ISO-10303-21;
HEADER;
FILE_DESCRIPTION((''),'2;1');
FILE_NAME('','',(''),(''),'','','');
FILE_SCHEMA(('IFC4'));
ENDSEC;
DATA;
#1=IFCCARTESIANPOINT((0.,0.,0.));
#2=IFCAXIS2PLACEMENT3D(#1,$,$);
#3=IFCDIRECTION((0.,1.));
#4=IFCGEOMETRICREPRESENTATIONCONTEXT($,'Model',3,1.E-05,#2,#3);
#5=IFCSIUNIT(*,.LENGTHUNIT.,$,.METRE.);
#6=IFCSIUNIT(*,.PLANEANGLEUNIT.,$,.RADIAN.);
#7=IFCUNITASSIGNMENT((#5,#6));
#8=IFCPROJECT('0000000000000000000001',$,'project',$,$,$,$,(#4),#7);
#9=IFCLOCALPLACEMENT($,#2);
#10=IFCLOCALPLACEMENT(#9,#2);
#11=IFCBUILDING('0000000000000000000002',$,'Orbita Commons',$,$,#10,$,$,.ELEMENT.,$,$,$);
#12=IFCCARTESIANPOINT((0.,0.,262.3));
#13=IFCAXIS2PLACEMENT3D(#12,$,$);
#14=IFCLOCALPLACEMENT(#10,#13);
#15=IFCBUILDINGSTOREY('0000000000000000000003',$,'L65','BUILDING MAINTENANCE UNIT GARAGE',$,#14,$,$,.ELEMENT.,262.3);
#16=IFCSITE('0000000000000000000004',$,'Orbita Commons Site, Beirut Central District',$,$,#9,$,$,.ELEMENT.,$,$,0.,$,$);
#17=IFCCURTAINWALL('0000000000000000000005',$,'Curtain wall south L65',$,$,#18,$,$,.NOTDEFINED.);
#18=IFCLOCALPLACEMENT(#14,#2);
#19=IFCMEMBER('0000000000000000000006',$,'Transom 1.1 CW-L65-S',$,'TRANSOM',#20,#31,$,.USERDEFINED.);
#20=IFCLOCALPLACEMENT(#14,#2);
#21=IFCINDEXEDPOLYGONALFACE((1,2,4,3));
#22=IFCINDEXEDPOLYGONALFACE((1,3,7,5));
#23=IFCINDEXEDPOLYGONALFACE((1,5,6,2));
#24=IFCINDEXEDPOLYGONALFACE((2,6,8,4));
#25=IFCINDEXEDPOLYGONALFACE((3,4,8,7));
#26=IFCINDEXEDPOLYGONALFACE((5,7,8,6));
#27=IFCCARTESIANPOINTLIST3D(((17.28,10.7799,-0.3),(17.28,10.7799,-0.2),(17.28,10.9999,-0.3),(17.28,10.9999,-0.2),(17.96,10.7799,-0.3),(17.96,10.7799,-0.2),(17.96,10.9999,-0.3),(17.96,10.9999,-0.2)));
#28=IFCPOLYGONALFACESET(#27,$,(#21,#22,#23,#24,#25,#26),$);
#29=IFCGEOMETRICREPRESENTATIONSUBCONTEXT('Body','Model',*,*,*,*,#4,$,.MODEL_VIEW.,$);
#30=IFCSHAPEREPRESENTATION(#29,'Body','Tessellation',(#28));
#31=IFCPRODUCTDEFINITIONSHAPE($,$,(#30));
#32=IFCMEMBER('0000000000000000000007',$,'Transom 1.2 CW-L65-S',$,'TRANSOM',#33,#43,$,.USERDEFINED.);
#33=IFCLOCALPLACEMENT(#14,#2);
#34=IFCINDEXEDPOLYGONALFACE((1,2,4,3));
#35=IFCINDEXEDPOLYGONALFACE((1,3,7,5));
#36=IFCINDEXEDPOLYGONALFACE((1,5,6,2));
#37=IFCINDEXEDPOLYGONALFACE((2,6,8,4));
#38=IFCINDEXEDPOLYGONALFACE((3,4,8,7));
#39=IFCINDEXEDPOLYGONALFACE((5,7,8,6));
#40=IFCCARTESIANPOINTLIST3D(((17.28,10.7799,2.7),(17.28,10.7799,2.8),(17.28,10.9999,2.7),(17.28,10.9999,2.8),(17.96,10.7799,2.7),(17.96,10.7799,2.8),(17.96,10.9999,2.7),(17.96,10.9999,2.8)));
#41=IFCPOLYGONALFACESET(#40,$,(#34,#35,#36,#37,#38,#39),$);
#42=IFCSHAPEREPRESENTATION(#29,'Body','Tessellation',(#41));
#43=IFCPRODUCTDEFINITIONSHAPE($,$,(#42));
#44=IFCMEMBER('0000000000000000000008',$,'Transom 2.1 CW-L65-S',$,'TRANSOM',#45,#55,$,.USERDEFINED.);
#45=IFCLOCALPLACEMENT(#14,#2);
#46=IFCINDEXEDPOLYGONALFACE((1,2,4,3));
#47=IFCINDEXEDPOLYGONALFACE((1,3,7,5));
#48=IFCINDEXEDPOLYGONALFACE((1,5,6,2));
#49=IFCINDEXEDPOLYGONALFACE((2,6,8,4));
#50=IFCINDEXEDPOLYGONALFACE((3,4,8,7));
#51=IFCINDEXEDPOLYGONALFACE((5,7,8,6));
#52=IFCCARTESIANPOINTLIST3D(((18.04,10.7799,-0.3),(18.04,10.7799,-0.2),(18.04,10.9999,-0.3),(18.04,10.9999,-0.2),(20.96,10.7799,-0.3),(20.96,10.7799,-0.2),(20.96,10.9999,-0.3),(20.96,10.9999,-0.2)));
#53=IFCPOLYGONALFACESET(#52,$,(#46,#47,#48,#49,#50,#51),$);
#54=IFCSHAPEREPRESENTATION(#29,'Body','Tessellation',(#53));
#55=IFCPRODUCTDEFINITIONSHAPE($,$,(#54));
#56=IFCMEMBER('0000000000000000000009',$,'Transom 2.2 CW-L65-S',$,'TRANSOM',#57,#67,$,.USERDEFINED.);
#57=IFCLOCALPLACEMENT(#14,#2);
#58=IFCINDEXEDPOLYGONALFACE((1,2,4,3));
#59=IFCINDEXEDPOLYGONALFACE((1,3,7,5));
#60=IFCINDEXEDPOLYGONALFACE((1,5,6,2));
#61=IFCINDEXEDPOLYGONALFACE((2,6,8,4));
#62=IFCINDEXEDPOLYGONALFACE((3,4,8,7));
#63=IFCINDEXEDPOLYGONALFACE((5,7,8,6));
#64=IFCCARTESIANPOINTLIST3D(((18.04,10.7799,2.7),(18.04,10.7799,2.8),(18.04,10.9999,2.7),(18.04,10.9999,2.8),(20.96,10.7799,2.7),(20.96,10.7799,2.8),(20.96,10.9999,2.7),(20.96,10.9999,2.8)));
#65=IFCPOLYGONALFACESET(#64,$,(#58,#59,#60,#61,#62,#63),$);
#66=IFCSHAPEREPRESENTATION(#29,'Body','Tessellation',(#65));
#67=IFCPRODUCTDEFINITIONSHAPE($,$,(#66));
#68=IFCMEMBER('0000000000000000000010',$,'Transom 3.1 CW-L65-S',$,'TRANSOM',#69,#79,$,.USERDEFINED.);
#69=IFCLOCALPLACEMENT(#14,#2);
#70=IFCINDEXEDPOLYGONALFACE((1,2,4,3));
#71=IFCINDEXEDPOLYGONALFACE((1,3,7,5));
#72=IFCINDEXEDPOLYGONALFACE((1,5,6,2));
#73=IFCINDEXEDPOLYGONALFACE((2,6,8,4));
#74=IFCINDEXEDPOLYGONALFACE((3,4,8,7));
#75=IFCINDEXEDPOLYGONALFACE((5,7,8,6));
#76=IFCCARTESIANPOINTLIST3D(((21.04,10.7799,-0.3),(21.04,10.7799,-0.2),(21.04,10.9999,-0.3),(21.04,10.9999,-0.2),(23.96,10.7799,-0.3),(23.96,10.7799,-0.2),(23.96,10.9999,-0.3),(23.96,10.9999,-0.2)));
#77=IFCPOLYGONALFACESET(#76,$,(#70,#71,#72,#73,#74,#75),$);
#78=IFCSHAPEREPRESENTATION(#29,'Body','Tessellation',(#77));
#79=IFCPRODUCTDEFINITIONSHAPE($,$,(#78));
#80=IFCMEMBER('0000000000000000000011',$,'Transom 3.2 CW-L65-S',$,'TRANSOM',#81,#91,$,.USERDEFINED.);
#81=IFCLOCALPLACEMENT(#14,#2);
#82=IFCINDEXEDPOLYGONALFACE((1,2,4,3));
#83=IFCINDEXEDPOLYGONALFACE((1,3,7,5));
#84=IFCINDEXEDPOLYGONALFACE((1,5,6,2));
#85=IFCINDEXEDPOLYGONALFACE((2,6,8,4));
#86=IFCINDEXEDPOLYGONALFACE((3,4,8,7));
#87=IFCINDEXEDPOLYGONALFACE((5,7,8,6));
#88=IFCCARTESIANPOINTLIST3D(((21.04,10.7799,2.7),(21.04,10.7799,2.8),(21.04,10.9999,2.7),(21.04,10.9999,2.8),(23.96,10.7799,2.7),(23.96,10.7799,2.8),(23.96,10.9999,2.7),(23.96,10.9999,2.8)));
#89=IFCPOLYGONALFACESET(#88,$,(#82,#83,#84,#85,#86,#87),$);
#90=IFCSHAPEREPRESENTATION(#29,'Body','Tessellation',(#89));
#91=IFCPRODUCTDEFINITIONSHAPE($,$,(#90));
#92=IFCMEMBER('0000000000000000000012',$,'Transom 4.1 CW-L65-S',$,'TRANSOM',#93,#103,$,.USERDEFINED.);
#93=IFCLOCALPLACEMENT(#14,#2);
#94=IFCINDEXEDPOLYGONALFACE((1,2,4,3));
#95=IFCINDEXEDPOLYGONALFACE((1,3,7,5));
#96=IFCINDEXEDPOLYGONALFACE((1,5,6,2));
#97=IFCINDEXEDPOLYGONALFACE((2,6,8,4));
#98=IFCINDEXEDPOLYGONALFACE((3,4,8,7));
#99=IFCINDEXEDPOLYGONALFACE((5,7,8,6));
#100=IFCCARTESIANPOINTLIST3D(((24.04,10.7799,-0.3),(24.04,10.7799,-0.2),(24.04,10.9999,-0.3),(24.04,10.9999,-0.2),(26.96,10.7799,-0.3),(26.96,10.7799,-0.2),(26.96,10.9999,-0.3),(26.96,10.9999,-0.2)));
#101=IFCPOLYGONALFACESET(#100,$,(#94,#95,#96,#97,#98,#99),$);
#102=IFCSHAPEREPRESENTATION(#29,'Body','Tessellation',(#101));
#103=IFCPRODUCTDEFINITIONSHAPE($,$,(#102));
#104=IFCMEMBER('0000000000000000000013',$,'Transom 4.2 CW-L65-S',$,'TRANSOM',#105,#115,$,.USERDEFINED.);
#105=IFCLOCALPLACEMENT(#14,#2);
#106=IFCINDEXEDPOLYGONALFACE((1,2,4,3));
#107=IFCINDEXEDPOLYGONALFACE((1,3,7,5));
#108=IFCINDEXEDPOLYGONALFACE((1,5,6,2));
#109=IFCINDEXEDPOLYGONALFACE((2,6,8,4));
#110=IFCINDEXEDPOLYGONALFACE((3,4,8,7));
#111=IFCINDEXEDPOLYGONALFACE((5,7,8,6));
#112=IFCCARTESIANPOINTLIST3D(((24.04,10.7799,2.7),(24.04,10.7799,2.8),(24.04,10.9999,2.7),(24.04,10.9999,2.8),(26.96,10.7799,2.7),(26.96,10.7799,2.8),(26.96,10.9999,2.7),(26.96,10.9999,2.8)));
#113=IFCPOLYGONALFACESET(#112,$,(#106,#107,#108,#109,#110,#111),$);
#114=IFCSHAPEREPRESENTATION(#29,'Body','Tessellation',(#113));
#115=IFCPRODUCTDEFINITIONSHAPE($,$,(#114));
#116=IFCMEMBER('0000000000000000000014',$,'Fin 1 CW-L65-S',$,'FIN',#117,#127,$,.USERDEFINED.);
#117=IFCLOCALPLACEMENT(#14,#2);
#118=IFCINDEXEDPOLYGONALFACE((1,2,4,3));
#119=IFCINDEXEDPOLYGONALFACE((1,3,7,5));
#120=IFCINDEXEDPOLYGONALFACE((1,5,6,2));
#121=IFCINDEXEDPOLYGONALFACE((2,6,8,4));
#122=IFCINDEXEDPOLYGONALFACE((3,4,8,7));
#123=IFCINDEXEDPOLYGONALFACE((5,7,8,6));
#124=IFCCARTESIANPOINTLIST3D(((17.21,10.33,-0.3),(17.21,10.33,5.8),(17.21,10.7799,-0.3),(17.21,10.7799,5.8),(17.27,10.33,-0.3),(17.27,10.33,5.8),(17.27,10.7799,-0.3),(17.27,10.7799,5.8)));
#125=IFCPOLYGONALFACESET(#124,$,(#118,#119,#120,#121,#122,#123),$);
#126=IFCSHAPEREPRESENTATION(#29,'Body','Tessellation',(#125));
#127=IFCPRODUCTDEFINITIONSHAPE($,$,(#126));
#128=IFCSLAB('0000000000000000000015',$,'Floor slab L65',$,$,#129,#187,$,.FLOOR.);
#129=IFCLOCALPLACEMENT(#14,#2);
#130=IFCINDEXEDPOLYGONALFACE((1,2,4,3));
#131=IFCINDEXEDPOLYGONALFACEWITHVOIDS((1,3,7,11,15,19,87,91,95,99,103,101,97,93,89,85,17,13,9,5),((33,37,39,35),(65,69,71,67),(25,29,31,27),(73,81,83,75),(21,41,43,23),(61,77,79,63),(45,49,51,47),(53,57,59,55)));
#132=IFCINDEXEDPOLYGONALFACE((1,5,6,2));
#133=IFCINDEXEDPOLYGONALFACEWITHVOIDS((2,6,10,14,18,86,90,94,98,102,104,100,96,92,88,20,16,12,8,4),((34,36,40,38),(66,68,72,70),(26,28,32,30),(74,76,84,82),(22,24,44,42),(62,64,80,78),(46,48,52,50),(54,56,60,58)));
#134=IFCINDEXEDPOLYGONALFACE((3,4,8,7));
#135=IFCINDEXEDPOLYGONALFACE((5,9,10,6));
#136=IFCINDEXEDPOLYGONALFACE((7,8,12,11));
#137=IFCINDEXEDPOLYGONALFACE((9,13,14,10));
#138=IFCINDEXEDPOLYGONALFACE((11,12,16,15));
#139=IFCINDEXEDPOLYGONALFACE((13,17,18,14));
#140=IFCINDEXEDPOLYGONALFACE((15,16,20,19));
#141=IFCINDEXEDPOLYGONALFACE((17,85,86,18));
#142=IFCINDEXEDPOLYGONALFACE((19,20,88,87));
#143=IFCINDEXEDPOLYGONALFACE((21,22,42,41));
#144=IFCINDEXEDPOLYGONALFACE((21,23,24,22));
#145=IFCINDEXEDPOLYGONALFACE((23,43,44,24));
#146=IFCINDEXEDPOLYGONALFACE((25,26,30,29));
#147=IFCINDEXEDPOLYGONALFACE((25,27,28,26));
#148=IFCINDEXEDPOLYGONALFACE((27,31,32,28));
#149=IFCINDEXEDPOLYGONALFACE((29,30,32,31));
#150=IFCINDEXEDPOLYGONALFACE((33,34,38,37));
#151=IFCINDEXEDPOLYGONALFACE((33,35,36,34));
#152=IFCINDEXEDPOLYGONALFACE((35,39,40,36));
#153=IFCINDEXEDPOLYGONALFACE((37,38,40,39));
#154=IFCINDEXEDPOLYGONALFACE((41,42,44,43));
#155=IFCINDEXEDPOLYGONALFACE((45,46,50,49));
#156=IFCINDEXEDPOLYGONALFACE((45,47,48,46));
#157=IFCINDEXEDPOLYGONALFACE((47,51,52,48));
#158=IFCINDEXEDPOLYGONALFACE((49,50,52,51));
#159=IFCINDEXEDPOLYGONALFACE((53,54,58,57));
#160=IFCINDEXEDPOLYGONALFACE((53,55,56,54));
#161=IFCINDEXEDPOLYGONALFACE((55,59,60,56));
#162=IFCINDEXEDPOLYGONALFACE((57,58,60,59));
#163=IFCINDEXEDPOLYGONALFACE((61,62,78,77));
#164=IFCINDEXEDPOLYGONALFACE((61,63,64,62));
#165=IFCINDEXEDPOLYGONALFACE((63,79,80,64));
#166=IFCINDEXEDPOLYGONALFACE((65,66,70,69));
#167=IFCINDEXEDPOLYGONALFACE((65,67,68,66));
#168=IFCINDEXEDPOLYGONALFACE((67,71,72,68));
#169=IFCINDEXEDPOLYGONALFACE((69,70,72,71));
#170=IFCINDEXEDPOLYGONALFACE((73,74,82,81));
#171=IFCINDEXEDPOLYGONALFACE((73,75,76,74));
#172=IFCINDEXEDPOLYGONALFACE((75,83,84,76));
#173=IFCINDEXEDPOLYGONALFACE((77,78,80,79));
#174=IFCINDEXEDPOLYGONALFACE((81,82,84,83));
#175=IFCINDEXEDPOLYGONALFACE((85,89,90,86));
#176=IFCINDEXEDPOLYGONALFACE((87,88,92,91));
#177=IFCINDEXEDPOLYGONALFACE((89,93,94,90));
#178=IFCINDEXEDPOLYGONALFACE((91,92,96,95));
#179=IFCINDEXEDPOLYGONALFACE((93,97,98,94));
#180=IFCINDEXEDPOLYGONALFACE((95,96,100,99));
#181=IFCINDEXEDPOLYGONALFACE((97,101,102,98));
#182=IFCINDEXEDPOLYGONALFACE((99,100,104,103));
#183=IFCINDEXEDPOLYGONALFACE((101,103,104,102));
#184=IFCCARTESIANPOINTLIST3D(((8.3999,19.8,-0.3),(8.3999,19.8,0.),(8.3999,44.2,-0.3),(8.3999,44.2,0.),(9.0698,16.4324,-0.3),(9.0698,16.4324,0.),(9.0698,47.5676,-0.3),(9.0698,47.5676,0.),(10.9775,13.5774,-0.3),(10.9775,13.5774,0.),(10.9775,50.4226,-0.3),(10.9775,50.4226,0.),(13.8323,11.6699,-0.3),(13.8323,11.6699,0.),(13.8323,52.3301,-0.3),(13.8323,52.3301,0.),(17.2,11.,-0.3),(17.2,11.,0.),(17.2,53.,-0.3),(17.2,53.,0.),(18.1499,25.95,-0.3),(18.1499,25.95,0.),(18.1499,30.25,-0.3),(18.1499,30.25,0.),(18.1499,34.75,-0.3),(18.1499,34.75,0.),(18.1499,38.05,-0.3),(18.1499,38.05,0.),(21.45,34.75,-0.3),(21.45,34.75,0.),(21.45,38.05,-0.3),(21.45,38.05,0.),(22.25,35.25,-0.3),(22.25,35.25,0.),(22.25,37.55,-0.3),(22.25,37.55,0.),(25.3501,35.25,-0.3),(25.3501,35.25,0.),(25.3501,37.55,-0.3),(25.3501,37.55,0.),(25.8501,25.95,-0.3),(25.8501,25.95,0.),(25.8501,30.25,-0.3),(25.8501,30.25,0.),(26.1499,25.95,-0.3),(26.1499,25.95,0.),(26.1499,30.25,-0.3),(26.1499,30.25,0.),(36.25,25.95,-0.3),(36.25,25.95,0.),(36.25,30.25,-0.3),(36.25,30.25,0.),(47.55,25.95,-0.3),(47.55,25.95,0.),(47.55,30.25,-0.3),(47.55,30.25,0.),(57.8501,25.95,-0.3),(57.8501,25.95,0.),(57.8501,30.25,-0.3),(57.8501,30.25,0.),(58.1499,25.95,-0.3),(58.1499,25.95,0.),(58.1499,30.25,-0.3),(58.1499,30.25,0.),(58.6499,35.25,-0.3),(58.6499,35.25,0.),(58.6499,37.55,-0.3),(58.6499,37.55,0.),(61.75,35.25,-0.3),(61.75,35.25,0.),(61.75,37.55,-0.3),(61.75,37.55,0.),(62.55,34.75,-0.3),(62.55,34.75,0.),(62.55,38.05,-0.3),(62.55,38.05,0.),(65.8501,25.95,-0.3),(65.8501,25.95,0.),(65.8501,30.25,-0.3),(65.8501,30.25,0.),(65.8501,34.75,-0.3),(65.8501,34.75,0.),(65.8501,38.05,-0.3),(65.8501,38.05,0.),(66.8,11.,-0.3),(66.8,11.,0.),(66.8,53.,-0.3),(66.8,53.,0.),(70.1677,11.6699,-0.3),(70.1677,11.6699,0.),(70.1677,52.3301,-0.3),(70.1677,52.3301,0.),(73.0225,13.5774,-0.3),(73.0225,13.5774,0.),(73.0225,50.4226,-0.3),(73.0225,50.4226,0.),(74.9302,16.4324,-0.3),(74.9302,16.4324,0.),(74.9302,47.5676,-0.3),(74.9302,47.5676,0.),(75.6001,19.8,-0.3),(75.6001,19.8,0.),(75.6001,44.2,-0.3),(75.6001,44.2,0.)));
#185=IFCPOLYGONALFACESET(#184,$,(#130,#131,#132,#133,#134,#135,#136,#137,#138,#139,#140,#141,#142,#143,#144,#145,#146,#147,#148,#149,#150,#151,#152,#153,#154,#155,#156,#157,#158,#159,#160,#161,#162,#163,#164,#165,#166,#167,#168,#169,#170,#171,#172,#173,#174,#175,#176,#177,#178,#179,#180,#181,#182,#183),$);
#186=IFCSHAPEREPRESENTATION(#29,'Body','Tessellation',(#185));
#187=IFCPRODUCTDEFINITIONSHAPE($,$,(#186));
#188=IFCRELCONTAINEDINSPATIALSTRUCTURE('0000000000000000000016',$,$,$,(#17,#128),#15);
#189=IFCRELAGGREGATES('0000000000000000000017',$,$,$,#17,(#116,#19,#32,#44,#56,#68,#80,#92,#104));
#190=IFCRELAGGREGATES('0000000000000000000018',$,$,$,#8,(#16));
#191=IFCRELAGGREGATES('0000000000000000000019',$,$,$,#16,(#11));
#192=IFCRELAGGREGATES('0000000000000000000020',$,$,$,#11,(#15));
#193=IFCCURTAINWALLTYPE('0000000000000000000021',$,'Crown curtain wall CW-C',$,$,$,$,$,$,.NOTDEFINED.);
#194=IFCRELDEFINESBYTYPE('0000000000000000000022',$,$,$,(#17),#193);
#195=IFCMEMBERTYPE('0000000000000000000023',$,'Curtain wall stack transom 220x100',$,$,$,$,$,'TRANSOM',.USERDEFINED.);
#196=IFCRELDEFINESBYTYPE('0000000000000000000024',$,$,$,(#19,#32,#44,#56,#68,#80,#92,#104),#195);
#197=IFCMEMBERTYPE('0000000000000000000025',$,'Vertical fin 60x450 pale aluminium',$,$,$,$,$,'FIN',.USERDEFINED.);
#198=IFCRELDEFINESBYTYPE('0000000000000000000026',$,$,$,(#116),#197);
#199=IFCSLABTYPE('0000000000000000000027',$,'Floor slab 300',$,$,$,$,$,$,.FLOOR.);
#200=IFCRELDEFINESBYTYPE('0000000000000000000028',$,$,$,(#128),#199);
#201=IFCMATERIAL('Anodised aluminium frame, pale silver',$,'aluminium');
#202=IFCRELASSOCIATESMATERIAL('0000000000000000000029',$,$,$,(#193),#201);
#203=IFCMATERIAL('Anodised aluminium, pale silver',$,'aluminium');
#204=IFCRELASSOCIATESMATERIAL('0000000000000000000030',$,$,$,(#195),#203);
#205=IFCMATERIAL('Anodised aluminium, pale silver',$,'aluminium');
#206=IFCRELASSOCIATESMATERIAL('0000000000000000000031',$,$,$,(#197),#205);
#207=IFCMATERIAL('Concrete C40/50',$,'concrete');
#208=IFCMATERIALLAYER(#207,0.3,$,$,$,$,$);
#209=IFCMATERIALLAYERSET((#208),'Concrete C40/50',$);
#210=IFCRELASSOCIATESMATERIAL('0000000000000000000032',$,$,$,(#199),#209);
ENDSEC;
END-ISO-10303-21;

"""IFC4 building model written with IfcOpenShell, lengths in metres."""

from ifc_helpers import new_model, si_unit, direction, frame, origin, origin_2d, place, context, subcontext, project, spatial, polyline, rectangle, outline, extrude, material, layer, layer_set, material_profile, profile_set, type_object, element, aggregate, save


model = new_model("IFC4")

# Units and contexts
model_context = context("Model", 3, precision=1e-05, world=origin(), true_north=direction((0.0, 1.0)))
body_context = subcontext(model_context, "Body", "Model", "MODEL_VIEW")
ifc_project = project(units=[si_unit("LENGTHUNIT", "METRE"), si_unit("PLANEANGLEUNIT", "RADIAN")], contexts=[model_context])

# Site, building, storey
site_placement = place(None, origin())
site = spatial("IfcSite", under=ifc_project, at=site_placement, Name="Orbita Commons Site, Beirut Central District", CompositionType="ELEMENT", RefElevation=0.0)
building_placement = place(site_placement, origin())
building = spatial("IfcBuilding", under=site, at=building_placement, Name="Orbita Commons", CompositionType="ELEMENT")
storey_placement = place(building_placement, frame((0.0, 0.0, 262.3)))
storey = spatial("IfcBuildingStorey", under=building, at=storey_placement, Name="L65", Description="BUILDING MAINTENANCE UNIT GARAGE", CompositionType="ELEMENT", Elevation=262.3)

# Curtain wall, members
ifc_material_1 = material(Name="Anodised aluminium frame, pale silver", Category="aluminium")
curtain_wall_type = type_object("IfcCurtainWallType", Name="Crown curtain wall CW-C", PredefinedType="NOTDEFINED", material=ifc_material_1)
curtain_wall_placement = place(storey_placement, origin())
curtain_wall = element("IfcCurtainWall", 1, at=curtain_wall_placement, inside=storey, type_object=curtain_wall_type, Name="Curtain wall south L65", PredefinedType="NOTDEFINED")
ifc_material_2 = material(Name="Anodised aluminium, pale silver", Category="aluminium")
ifc_material_profile_1 = material_profile(ifc_material_2, rectangle(XDim=0.22, YDim=0.1001, at=origin_2d()), Name="AL 220x100")
ifc_profile_set_1 = profile_set([ifc_material_profile_1], Name="Anodised aluminium, pale silver")
member_type_1 = type_object("IfcMemberType", Name="Curtain wall stack transom 220x100", ElementType="TRANSOM", PredefinedType="USERDEFINED", material=ifc_profile_set_1)
member_1_placement = place(storey_placement, frame((17.28, 10.8899, -0.25), z_axis=(1.0, 0.0, 0.0), x_axis=(0.0, 1.0, 0.0)))
member_1 = element("IfcMember", 2, at=member_1_placement, type_object=member_type_1, Name="Transom 1.1 CW-L65-S", ObjectType="TRANSOM", PredefinedType="USERDEFINED", context=body_context, shape_type="SweptSolid", body=[
    extrude(rectangle(XDim=0.22, YDim=0.1001, at=origin_2d()), origin(), (0.0, 0.0, 1.0), 0.6799),
])
member_2_placement = place(storey_placement, frame((17.28, 10.8899, 2.75), z_axis=(1.0, 0.0, 0.0), x_axis=(0.0, 1.0, 0.0)))
member_2 = element("IfcMember", 3, at=member_2_placement, type_object=member_type_1, Name="Transom 1.2 CW-L65-S", ObjectType="TRANSOM", PredefinedType="USERDEFINED", context=body_context, shape_type="SweptSolid", body=[
    extrude(rectangle(XDim=0.22, YDim=0.1001, at=origin_2d()), origin(), (0.0, 0.0, 1.0), 0.6799),
])
member_3_placement = place(storey_placement, frame((18.04, 10.8899, -0.25), z_axis=(1.0, 0.0, 0.0), x_axis=(0.0, 1.0, 0.0)))
member_3 = element("IfcMember", 4, at=member_3_placement, type_object=member_type_1, Name="Transom 2.1 CW-L65-S", ObjectType="TRANSOM", PredefinedType="USERDEFINED", context=body_context, shape_type="SweptSolid", body=[
    extrude(rectangle(XDim=0.22, YDim=0.1001, at=origin_2d()), origin(), (0.0, 0.0, 1.0), 2.9199),
])
member_4_placement = place(storey_placement, frame((18.04, 10.8899, 2.75), z_axis=(1.0, 0.0, 0.0), x_axis=(0.0, 1.0, 0.0)))
member_4 = element("IfcMember", 5, at=member_4_placement, type_object=member_type_1, Name="Transom 2.2 CW-L65-S", ObjectType="TRANSOM", PredefinedType="USERDEFINED", context=body_context, shape_type="SweptSolid", body=[
    extrude(rectangle(XDim=0.22, YDim=0.1001, at=origin_2d()), origin(), (0.0, 0.0, 1.0), 2.9199),
])
member_5_placement = place(storey_placement, frame((21.04, 10.8899, -0.25), z_axis=(1.0, 0.0, 0.0), x_axis=(0.0, 1.0, 0.0)))
member_5 = element("IfcMember", 6, at=member_5_placement, type_object=member_type_1, Name="Transom 3.1 CW-L65-S", ObjectType="TRANSOM", PredefinedType="USERDEFINED", context=body_context, shape_type="SweptSolid", body=[
    extrude(rectangle(XDim=0.22, YDim=0.1001, at=origin_2d()), origin(), (0.0, 0.0, 1.0), 2.9199),
])
member_6_placement = place(storey_placement, frame((21.04, 10.8899, 2.75), z_axis=(1.0, 0.0, 0.0), x_axis=(0.0, 1.0, 0.0)))
member_6 = element("IfcMember", 7, at=member_6_placement, type_object=member_type_1, Name="Transom 3.2 CW-L65-S", ObjectType="TRANSOM", PredefinedType="USERDEFINED", context=body_context, shape_type="SweptSolid", body=[
    extrude(rectangle(XDim=0.22, YDim=0.1001, at=origin_2d()), origin(), (0.0, 0.0, 1.0), 2.9199),
])
member_7_placement = place(storey_placement, frame((24.04, 10.8899, -0.25), z_axis=(1.0, 0.0, 0.0), x_axis=(0.0, 1.0, 0.0)))
member_7 = element("IfcMember", 8, at=member_7_placement, type_object=member_type_1, Name="Transom 4.1 CW-L65-S", ObjectType="TRANSOM", PredefinedType="USERDEFINED", context=body_context, shape_type="SweptSolid", body=[
    extrude(rectangle(XDim=0.22, YDim=0.1001, at=origin_2d()), origin(), (0.0, 0.0, 1.0), 2.9199),
])
member_8_placement = place(storey_placement, frame((24.04, 10.8899, 2.75), z_axis=(1.0, 0.0, 0.0), x_axis=(0.0, 1.0, 0.0)))
member_8 = element("IfcMember", 9, at=member_8_placement, type_object=member_type_1, Name="Transom 4.2 CW-L65-S", ObjectType="TRANSOM", PredefinedType="USERDEFINED", context=body_context, shape_type="SweptSolid", body=[
    extrude(rectangle(XDim=0.22, YDim=0.1001, at=origin_2d()), origin(), (0.0, 0.0, 1.0), 2.9199),
])
ifc_material_3 = material(Name="Anodised aluminium, pale silver", Category="aluminium")
ifc_material_profile_2 = material_profile(ifc_material_3, rectangle(XDim=0.0601, YDim=0.45, at=origin_2d()), Name="FIN 60x450")
ifc_profile_set_2 = profile_set([ifc_material_profile_2], Name="Anodised aluminium, pale silver")
member_type_2 = type_object("IfcMemberType", Name="Vertical fin 60x450 pale aluminium", ElementType="FIN", PredefinedType="USERDEFINED", material=ifc_profile_set_2)
member_9_placement = place(storey_placement, frame((17.24, 10.5549, -0.3), z_axis=(0.0, 0.0, 1.0), x_axis=(1.0, 0.0, 0.0)))
member_9 = element("IfcMember", 10, at=member_9_placement, type_object=member_type_2, Name="Fin 1 CW-L65-S", ObjectType="FIN", PredefinedType="USERDEFINED", context=body_context, shape_type="SweptSolid", body=[
    extrude(rectangle(XDim=0.0601, YDim=0.45, at=origin_2d()), origin(), (0.0, 0.0, 1.0), 6.1001),
])

# Slab
ifc_material_4 = material(Name="Concrete C40/50", Category="concrete")
ifc_layer_1 = layer(ifc_material_4, 0.3)
ifc_layer_set_1 = layer_set([ifc_layer_1], Name="Concrete C40/50")
slab_type_1 = type_object("IfcSlabType", Name="Floor slab 300", PredefinedType="FLOOR", material=ifc_layer_set_1)
slab_1_placement = place(storey_placement, frame((0.0, 0.0, -0.3)))
element("IfcSlab", 11, at=slab_1_placement, inside=storey, type_object=slab_type_1, Name="Floor slab L65", PredefinedType="FLOOR", context=body_context, shape_type="SweptSolid", body=[
    extrude(outline(polyline([(66.8, 11.0), (70.1677, 11.6699), (73.0225, 13.5774), (74.9302, 16.4324), (75.6001, 19.8), (75.6001, 44.2), (74.9302, 47.5676), (73.0225, 50.4226), (70.1677, 52.3301), (66.8, 53.0), (17.2, 53.0), (13.8323, 52.3301), (10.9775, 50.4226), (9.0698, 47.5676), (8.3999, 44.2), (8.3999, 19.8), (9.0698, 16.4324), (10.9775, 13.5774), (13.8323, 11.6699), (17.2, 11.0), (66.8, 11.0)]), holes=[polyline([(18.1499, 25.95), (25.8501, 25.95), (25.8501, 30.25), (18.1499, 30.25), (18.1499, 25.95)]), polyline([(58.1499, 25.95), (65.8501, 25.95), (65.8501, 30.25), (58.1499, 30.25), (58.1499, 25.95)]), polyline([(18.1499, 34.75), (21.45, 34.75), (21.45, 38.05), (18.1499, 38.05), (18.1499, 34.75)]), polyline([(62.55, 34.75), (65.8501, 34.75), (65.8501, 38.05), (62.55, 38.05), (62.55, 34.75)]), polyline([(22.25, 35.25), (25.3501, 35.25), (25.3501, 37.55), (22.25, 37.55), (22.25, 35.25)]), polyline([(58.6499, 35.25), (61.75, 35.25), (61.75, 37.55), (58.6499, 37.55), (58.6499, 35.25)]), polyline([(26.1499, 25.95), (36.25, 25.95), (36.25, 30.25), (26.1499, 30.25), (26.1499, 25.95)]), polyline([(47.55, 25.95), (57.8501, 25.95), (57.8501, 30.25), (47.55, 30.25), (47.55, 25.95)])]), origin(), (0.0, 0.0, 1.0), 0.3),
])

aggregate(curtain_wall, [member_9, member_1, member_2, member_3, member_4, member_5, member_6, member_7, member_8])

save(model, "model.ifc")
